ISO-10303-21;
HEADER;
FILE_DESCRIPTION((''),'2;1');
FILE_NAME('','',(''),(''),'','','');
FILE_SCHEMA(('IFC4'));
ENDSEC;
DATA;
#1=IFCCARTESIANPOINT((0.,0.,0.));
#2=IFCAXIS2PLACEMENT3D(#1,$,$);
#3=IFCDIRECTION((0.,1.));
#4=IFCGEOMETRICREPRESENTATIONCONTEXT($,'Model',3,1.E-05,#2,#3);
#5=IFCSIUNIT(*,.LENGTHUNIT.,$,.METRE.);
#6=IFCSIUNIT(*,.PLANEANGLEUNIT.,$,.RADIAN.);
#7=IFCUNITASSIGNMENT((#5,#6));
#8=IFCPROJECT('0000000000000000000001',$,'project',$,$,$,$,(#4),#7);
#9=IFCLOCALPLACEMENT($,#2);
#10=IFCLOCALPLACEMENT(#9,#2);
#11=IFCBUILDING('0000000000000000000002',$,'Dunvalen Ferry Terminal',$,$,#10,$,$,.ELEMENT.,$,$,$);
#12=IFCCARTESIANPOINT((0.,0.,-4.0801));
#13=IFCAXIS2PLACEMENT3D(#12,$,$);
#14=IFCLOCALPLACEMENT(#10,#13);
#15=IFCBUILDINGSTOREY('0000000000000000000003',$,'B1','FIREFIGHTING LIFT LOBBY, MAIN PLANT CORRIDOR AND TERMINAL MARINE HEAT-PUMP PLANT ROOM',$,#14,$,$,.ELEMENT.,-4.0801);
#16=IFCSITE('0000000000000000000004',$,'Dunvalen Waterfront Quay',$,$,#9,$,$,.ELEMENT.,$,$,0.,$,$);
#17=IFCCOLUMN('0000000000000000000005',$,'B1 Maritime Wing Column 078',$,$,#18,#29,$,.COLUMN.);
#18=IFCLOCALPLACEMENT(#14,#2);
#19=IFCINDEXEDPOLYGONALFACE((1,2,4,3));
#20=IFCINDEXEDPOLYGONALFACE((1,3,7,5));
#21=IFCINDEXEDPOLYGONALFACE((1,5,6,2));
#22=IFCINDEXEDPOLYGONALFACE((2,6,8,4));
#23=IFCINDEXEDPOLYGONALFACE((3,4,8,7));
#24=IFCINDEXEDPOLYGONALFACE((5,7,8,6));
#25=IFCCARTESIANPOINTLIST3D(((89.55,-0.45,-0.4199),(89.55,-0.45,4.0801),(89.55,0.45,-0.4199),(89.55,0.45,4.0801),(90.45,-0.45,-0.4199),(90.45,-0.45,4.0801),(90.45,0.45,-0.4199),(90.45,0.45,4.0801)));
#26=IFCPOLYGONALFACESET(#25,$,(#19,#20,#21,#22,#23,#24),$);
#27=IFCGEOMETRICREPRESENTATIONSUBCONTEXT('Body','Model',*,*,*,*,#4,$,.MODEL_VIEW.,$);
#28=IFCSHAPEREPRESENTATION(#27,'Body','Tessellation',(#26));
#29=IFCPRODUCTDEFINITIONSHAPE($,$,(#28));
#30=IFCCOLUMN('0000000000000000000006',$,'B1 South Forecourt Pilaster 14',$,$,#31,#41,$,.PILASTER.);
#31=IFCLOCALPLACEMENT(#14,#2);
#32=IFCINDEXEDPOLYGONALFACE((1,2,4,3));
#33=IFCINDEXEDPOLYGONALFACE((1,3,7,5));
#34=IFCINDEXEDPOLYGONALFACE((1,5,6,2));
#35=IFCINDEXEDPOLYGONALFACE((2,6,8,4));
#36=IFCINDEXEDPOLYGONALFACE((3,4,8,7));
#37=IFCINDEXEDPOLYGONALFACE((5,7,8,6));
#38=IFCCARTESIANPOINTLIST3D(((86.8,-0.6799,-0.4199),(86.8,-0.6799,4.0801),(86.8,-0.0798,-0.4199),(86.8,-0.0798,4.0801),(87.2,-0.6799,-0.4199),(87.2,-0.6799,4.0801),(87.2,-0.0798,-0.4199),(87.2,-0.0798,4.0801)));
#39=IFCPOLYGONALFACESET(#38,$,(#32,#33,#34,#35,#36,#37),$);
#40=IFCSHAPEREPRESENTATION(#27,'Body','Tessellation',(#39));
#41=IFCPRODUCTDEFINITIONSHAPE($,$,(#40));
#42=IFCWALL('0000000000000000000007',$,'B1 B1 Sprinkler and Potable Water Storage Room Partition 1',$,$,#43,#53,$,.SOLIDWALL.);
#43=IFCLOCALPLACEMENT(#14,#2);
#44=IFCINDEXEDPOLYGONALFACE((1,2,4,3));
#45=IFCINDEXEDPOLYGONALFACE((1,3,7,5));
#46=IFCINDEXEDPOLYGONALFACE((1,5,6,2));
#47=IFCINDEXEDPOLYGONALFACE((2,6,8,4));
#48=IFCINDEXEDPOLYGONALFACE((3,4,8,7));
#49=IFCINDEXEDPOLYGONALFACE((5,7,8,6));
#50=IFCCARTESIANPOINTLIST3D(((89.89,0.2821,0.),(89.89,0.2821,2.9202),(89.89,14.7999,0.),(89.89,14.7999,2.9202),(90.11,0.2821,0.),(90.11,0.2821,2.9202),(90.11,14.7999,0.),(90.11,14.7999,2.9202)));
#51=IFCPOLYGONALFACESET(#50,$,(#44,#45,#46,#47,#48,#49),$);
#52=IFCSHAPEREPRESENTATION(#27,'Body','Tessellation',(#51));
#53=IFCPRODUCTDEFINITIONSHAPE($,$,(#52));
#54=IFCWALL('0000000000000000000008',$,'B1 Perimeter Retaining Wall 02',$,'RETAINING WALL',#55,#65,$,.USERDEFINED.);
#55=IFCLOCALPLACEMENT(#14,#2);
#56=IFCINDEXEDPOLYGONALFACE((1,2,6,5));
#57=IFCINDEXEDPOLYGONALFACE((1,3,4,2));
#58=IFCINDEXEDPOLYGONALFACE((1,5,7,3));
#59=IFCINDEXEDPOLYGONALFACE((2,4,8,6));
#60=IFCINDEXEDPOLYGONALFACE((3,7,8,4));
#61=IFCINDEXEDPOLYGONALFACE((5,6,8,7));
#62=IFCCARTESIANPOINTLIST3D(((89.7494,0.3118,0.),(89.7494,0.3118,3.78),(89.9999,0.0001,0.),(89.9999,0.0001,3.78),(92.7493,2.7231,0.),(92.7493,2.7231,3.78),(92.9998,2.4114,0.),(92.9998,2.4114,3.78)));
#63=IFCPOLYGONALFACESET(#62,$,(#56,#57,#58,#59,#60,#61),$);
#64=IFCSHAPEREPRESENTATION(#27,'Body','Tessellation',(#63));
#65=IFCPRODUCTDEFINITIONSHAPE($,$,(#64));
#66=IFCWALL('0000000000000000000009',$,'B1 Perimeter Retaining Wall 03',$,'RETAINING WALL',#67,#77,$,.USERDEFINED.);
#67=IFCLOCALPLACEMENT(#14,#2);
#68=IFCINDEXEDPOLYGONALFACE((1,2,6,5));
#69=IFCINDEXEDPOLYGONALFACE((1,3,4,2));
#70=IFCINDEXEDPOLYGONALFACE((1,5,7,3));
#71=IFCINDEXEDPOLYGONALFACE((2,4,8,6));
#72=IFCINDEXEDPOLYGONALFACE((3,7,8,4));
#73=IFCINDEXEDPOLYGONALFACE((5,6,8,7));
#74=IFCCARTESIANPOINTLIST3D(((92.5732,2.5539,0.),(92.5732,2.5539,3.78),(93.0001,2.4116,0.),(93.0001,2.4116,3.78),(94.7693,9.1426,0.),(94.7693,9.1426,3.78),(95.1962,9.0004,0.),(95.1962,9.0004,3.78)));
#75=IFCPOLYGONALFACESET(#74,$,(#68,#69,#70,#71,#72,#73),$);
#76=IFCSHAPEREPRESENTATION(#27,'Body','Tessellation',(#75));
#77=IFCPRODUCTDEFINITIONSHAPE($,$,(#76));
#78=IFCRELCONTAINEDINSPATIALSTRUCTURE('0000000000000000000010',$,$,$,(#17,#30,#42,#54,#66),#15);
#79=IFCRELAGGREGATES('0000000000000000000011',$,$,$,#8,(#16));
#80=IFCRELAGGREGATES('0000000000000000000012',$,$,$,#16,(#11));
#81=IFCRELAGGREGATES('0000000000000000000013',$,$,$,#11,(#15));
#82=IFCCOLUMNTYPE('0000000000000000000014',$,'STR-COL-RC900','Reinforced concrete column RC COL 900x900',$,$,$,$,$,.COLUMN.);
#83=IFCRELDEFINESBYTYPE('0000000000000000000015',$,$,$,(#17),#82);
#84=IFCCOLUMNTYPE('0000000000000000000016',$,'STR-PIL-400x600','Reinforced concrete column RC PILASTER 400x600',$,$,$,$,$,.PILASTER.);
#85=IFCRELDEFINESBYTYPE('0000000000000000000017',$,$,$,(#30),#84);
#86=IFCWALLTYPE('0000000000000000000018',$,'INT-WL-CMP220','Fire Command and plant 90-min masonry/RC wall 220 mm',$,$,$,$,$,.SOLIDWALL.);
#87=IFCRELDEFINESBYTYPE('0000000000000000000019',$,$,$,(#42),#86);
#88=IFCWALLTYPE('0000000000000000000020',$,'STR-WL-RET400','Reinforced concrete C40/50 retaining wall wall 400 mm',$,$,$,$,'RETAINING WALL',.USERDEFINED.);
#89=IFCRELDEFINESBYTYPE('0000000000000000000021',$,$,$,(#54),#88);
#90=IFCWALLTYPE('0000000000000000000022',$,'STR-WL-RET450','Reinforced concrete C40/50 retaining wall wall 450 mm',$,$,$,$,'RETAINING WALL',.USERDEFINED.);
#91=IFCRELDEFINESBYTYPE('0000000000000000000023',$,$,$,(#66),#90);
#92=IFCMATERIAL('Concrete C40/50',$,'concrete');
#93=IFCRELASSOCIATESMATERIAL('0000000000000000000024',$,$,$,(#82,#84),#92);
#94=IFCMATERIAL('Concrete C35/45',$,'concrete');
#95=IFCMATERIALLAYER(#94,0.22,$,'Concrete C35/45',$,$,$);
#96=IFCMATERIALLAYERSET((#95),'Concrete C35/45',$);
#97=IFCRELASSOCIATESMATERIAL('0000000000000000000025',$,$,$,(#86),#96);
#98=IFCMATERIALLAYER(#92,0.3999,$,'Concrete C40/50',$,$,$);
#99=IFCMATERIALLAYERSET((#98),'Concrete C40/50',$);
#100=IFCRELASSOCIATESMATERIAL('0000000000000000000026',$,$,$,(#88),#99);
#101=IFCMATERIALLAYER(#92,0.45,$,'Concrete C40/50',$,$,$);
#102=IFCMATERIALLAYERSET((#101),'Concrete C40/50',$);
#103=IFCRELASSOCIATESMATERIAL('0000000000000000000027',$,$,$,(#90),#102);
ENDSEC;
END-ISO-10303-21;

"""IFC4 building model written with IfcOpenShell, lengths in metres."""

from ifc_helpers import new_model, si_unit, direction, frame, frame_2d, origin, origin_2d, place, context, subcontext, project, spatial, rectangle, extrude, material, layer, layer_set, material_profile, profile_set, type_object, element, save


model = new_model("IFC4")

# Units and contexts
model_context = context("Model", 3, precision=1e-05, world=origin(), true_north=direction((0.0, 1.0)))
body_context = subcontext(model_context, "Body", "Model", "MODEL_VIEW")
ifc_project = project(units=[si_unit("LENGTHUNIT", "METRE"), si_unit("PLANEANGLEUNIT", "RADIAN")], contexts=[model_context])

# Site, building, storey
site_placement = place(None, origin())
site = spatial("IfcSite", under=ifc_project, at=site_placement, Name="Dunvalen Waterfront Quay", CompositionType="ELEMENT", RefElevation=0.0)
building_placement = place(site_placement, origin())
building = spatial("IfcBuilding", under=site, at=building_placement, Name="Dunvalen Ferry Terminal", CompositionType="ELEMENT")
storey_placement = place(building_placement, frame((0.0, 0.0, -4.0801)))
storey = spatial("IfcBuildingStorey", under=building, at=storey_placement, Name="B1", Description="FIREFIGHTING LIFT LOBBY, MAIN PLANT CORRIDOR AND TERMINAL MARINE HEAT-PUMP PLANT ROOM", CompositionType="ELEMENT", Elevation=-4.0801)

# Shared definitions
ifc_material_1 = material(Name="Concrete C40/50", Category="concrete")

# Columns
ifc_material_profile_1 = material_profile(ifc_material_1, rectangle(XDim=0.8999, YDim=0.8999, at=origin_2d()), Name="Concrete C40/50")
ifc_profile_set_1 = profile_set([ifc_material_profile_1], Name="Concrete C40/50")
column_type_1 = type_object("IfcColumnType", Name="STR-COL-RC900", Description="Reinforced concrete column RC COL 900x900", PredefinedType="COLUMN", material=ifc_profile_set_1)
column_1_placement = place(storey_placement, frame((90.0, 0.0, -0.4199), z_axis=(0.0, 0.0, 1.0), x_axis=(1.0, 0.0, 0.0)))
element("IfcColumn", 1, at=column_1_placement, inside=storey, type_object=column_type_1, Name="B1 Maritime Wing Column 078", PredefinedType="COLUMN", context=body_context, shape_type="SweptSolid", body=[
    extrude(rectangle(XDim=0.8999, YDim=0.8999, at=origin_2d()), origin(), (0.0, 0.0, 1.0), 4.5),
])
ifc_material_profile_2 = material_profile(ifc_material_1, rectangle(XDim=0.3999, YDim=0.6001, at=origin_2d()), Name="Concrete C40/50")
ifc_profile_set_2 = profile_set([ifc_material_profile_2], Name="Concrete C40/50")
column_type_2 = type_object("IfcColumnType", Name="STR-PIL-400x600", Description="Reinforced concrete column RC PILASTER 400x600", PredefinedType="PILASTER", material=ifc_profile_set_2)
column_2_placement = place(storey_placement, frame((87.0, -0.3799, -0.4199), z_axis=(0.0, 0.0, 1.0), x_axis=(1.0, 0.0, 0.0)))
element("IfcColumn", 2, at=column_2_placement, inside=storey, type_object=column_type_2, Name="B1 South Forecourt Pilaster 14", PredefinedType="PILASTER", context=body_context, shape_type="SweptSolid", body=[
    extrude(rectangle(XDim=0.3999, YDim=0.6001, at=origin_2d()), origin(), (0.0, 0.0, 1.0), 4.5),
])

# Walls
ifc_material_2 = material(Name="Concrete C35/45", Category="concrete")
ifc_layer_1 = layer(ifc_material_2, 0.22, Name="Concrete C35/45")
ifc_layer_set_1 = layer_set([ifc_layer_1], Name="Concrete C35/45")
wall_type_1 = type_object("IfcWallType", Name="INT-WL-CMP220", Description="Fire Command and plant 90-min masonry/RC wall 220 mm", PredefinedType="SOLIDWALL", material=ifc_layer_set_1)
wall_1_placement = place(storey_placement, frame((90.0, 0.2822, 0.0), z_axis=(0.0, 0.0, 1.0), x_axis=(0.0, 1.0, 0.0)))
element("IfcWall", 3, at=wall_1_placement, inside=storey, type_object=wall_type_1, Name="B1 B1 Sprinkler and Potable Water Storage Room Partition 1", PredefinedType="SOLIDWALL", context=body_context, shape_type="SweptSolid", body=[
    extrude(rectangle(XDim=14.5178, YDim=0.22, at=frame_2d((7.2588, 0.0))), origin(), (0.0, 0.0, 1.0), 2.9202),
])
ifc_layer_2 = layer(ifc_material_1, 0.3999, Name="Concrete C40/50")
ifc_layer_set_2 = layer_set([ifc_layer_2], Name="Concrete C40/50")
wall_type_2 = type_object("IfcWallType", Name="STR-WL-RET400", Description="Reinforced concrete C40/50 retaining wall wall 400 mm", ElementType="RETAINING WALL", PredefinedType="USERDEFINED", material=ifc_layer_set_2)
wall_2_placement = place(storey_placement, frame((89.8748, 0.156, 0.0), z_axis=(0.0, 0.0, 1.0), x_axis=(0.779425, 0.626496, 0.0)))
element("IfcWall", 4, at=wall_2_placement, inside=storey, type_object=wall_type_2, Name="B1 Perimeter Retaining Wall 02", ObjectType="RETAINING WALL", PredefinedType="USERDEFINED", context=body_context, shape_type="SweptSolid", body=[
    extrude(rectangle(XDim=3.8489, YDim=0.3999, at=frame_2d((1.9243, 0.0))), origin(), (0.0, 0.0, 1.0), 3.78),
])
ifc_layer_3 = layer(ifc_material_1, 0.45, Name="Concrete C40/50")
ifc_layer_set_3 = layer_set([ifc_layer_3], Name="Concrete C40/50")
wall_type_3 = type_object("IfcWallType", Name="STR-WL-RET450", Description="Reinforced concrete C40/50 retaining wall wall 450 mm", ElementType="RETAINING WALL", PredefinedType="USERDEFINED", material=ifc_layer_set_3)
wall_3_placement = place(storey_placement, frame((92.7866, 2.4827, 0.0), z_axis=(0.0, 0.0, 1.0), x_axis=(0.316207, 0.94869, 0.0)))
element("IfcWall", 5, at=wall_3_placement, inside=storey, type_object=wall_type_3, Name="B1 Perimeter Retaining Wall 03", ObjectType="RETAINING WALL", PredefinedType="USERDEFINED", context=body_context, shape_type="SweptSolid", body=[
    extrude(rectangle(XDim=6.9451, YDim=0.45, at=frame_2d((3.4727, 0.0))), origin(), (0.0, 0.0, 1.0), 3.78),
])

save(model, "model.ifc")
